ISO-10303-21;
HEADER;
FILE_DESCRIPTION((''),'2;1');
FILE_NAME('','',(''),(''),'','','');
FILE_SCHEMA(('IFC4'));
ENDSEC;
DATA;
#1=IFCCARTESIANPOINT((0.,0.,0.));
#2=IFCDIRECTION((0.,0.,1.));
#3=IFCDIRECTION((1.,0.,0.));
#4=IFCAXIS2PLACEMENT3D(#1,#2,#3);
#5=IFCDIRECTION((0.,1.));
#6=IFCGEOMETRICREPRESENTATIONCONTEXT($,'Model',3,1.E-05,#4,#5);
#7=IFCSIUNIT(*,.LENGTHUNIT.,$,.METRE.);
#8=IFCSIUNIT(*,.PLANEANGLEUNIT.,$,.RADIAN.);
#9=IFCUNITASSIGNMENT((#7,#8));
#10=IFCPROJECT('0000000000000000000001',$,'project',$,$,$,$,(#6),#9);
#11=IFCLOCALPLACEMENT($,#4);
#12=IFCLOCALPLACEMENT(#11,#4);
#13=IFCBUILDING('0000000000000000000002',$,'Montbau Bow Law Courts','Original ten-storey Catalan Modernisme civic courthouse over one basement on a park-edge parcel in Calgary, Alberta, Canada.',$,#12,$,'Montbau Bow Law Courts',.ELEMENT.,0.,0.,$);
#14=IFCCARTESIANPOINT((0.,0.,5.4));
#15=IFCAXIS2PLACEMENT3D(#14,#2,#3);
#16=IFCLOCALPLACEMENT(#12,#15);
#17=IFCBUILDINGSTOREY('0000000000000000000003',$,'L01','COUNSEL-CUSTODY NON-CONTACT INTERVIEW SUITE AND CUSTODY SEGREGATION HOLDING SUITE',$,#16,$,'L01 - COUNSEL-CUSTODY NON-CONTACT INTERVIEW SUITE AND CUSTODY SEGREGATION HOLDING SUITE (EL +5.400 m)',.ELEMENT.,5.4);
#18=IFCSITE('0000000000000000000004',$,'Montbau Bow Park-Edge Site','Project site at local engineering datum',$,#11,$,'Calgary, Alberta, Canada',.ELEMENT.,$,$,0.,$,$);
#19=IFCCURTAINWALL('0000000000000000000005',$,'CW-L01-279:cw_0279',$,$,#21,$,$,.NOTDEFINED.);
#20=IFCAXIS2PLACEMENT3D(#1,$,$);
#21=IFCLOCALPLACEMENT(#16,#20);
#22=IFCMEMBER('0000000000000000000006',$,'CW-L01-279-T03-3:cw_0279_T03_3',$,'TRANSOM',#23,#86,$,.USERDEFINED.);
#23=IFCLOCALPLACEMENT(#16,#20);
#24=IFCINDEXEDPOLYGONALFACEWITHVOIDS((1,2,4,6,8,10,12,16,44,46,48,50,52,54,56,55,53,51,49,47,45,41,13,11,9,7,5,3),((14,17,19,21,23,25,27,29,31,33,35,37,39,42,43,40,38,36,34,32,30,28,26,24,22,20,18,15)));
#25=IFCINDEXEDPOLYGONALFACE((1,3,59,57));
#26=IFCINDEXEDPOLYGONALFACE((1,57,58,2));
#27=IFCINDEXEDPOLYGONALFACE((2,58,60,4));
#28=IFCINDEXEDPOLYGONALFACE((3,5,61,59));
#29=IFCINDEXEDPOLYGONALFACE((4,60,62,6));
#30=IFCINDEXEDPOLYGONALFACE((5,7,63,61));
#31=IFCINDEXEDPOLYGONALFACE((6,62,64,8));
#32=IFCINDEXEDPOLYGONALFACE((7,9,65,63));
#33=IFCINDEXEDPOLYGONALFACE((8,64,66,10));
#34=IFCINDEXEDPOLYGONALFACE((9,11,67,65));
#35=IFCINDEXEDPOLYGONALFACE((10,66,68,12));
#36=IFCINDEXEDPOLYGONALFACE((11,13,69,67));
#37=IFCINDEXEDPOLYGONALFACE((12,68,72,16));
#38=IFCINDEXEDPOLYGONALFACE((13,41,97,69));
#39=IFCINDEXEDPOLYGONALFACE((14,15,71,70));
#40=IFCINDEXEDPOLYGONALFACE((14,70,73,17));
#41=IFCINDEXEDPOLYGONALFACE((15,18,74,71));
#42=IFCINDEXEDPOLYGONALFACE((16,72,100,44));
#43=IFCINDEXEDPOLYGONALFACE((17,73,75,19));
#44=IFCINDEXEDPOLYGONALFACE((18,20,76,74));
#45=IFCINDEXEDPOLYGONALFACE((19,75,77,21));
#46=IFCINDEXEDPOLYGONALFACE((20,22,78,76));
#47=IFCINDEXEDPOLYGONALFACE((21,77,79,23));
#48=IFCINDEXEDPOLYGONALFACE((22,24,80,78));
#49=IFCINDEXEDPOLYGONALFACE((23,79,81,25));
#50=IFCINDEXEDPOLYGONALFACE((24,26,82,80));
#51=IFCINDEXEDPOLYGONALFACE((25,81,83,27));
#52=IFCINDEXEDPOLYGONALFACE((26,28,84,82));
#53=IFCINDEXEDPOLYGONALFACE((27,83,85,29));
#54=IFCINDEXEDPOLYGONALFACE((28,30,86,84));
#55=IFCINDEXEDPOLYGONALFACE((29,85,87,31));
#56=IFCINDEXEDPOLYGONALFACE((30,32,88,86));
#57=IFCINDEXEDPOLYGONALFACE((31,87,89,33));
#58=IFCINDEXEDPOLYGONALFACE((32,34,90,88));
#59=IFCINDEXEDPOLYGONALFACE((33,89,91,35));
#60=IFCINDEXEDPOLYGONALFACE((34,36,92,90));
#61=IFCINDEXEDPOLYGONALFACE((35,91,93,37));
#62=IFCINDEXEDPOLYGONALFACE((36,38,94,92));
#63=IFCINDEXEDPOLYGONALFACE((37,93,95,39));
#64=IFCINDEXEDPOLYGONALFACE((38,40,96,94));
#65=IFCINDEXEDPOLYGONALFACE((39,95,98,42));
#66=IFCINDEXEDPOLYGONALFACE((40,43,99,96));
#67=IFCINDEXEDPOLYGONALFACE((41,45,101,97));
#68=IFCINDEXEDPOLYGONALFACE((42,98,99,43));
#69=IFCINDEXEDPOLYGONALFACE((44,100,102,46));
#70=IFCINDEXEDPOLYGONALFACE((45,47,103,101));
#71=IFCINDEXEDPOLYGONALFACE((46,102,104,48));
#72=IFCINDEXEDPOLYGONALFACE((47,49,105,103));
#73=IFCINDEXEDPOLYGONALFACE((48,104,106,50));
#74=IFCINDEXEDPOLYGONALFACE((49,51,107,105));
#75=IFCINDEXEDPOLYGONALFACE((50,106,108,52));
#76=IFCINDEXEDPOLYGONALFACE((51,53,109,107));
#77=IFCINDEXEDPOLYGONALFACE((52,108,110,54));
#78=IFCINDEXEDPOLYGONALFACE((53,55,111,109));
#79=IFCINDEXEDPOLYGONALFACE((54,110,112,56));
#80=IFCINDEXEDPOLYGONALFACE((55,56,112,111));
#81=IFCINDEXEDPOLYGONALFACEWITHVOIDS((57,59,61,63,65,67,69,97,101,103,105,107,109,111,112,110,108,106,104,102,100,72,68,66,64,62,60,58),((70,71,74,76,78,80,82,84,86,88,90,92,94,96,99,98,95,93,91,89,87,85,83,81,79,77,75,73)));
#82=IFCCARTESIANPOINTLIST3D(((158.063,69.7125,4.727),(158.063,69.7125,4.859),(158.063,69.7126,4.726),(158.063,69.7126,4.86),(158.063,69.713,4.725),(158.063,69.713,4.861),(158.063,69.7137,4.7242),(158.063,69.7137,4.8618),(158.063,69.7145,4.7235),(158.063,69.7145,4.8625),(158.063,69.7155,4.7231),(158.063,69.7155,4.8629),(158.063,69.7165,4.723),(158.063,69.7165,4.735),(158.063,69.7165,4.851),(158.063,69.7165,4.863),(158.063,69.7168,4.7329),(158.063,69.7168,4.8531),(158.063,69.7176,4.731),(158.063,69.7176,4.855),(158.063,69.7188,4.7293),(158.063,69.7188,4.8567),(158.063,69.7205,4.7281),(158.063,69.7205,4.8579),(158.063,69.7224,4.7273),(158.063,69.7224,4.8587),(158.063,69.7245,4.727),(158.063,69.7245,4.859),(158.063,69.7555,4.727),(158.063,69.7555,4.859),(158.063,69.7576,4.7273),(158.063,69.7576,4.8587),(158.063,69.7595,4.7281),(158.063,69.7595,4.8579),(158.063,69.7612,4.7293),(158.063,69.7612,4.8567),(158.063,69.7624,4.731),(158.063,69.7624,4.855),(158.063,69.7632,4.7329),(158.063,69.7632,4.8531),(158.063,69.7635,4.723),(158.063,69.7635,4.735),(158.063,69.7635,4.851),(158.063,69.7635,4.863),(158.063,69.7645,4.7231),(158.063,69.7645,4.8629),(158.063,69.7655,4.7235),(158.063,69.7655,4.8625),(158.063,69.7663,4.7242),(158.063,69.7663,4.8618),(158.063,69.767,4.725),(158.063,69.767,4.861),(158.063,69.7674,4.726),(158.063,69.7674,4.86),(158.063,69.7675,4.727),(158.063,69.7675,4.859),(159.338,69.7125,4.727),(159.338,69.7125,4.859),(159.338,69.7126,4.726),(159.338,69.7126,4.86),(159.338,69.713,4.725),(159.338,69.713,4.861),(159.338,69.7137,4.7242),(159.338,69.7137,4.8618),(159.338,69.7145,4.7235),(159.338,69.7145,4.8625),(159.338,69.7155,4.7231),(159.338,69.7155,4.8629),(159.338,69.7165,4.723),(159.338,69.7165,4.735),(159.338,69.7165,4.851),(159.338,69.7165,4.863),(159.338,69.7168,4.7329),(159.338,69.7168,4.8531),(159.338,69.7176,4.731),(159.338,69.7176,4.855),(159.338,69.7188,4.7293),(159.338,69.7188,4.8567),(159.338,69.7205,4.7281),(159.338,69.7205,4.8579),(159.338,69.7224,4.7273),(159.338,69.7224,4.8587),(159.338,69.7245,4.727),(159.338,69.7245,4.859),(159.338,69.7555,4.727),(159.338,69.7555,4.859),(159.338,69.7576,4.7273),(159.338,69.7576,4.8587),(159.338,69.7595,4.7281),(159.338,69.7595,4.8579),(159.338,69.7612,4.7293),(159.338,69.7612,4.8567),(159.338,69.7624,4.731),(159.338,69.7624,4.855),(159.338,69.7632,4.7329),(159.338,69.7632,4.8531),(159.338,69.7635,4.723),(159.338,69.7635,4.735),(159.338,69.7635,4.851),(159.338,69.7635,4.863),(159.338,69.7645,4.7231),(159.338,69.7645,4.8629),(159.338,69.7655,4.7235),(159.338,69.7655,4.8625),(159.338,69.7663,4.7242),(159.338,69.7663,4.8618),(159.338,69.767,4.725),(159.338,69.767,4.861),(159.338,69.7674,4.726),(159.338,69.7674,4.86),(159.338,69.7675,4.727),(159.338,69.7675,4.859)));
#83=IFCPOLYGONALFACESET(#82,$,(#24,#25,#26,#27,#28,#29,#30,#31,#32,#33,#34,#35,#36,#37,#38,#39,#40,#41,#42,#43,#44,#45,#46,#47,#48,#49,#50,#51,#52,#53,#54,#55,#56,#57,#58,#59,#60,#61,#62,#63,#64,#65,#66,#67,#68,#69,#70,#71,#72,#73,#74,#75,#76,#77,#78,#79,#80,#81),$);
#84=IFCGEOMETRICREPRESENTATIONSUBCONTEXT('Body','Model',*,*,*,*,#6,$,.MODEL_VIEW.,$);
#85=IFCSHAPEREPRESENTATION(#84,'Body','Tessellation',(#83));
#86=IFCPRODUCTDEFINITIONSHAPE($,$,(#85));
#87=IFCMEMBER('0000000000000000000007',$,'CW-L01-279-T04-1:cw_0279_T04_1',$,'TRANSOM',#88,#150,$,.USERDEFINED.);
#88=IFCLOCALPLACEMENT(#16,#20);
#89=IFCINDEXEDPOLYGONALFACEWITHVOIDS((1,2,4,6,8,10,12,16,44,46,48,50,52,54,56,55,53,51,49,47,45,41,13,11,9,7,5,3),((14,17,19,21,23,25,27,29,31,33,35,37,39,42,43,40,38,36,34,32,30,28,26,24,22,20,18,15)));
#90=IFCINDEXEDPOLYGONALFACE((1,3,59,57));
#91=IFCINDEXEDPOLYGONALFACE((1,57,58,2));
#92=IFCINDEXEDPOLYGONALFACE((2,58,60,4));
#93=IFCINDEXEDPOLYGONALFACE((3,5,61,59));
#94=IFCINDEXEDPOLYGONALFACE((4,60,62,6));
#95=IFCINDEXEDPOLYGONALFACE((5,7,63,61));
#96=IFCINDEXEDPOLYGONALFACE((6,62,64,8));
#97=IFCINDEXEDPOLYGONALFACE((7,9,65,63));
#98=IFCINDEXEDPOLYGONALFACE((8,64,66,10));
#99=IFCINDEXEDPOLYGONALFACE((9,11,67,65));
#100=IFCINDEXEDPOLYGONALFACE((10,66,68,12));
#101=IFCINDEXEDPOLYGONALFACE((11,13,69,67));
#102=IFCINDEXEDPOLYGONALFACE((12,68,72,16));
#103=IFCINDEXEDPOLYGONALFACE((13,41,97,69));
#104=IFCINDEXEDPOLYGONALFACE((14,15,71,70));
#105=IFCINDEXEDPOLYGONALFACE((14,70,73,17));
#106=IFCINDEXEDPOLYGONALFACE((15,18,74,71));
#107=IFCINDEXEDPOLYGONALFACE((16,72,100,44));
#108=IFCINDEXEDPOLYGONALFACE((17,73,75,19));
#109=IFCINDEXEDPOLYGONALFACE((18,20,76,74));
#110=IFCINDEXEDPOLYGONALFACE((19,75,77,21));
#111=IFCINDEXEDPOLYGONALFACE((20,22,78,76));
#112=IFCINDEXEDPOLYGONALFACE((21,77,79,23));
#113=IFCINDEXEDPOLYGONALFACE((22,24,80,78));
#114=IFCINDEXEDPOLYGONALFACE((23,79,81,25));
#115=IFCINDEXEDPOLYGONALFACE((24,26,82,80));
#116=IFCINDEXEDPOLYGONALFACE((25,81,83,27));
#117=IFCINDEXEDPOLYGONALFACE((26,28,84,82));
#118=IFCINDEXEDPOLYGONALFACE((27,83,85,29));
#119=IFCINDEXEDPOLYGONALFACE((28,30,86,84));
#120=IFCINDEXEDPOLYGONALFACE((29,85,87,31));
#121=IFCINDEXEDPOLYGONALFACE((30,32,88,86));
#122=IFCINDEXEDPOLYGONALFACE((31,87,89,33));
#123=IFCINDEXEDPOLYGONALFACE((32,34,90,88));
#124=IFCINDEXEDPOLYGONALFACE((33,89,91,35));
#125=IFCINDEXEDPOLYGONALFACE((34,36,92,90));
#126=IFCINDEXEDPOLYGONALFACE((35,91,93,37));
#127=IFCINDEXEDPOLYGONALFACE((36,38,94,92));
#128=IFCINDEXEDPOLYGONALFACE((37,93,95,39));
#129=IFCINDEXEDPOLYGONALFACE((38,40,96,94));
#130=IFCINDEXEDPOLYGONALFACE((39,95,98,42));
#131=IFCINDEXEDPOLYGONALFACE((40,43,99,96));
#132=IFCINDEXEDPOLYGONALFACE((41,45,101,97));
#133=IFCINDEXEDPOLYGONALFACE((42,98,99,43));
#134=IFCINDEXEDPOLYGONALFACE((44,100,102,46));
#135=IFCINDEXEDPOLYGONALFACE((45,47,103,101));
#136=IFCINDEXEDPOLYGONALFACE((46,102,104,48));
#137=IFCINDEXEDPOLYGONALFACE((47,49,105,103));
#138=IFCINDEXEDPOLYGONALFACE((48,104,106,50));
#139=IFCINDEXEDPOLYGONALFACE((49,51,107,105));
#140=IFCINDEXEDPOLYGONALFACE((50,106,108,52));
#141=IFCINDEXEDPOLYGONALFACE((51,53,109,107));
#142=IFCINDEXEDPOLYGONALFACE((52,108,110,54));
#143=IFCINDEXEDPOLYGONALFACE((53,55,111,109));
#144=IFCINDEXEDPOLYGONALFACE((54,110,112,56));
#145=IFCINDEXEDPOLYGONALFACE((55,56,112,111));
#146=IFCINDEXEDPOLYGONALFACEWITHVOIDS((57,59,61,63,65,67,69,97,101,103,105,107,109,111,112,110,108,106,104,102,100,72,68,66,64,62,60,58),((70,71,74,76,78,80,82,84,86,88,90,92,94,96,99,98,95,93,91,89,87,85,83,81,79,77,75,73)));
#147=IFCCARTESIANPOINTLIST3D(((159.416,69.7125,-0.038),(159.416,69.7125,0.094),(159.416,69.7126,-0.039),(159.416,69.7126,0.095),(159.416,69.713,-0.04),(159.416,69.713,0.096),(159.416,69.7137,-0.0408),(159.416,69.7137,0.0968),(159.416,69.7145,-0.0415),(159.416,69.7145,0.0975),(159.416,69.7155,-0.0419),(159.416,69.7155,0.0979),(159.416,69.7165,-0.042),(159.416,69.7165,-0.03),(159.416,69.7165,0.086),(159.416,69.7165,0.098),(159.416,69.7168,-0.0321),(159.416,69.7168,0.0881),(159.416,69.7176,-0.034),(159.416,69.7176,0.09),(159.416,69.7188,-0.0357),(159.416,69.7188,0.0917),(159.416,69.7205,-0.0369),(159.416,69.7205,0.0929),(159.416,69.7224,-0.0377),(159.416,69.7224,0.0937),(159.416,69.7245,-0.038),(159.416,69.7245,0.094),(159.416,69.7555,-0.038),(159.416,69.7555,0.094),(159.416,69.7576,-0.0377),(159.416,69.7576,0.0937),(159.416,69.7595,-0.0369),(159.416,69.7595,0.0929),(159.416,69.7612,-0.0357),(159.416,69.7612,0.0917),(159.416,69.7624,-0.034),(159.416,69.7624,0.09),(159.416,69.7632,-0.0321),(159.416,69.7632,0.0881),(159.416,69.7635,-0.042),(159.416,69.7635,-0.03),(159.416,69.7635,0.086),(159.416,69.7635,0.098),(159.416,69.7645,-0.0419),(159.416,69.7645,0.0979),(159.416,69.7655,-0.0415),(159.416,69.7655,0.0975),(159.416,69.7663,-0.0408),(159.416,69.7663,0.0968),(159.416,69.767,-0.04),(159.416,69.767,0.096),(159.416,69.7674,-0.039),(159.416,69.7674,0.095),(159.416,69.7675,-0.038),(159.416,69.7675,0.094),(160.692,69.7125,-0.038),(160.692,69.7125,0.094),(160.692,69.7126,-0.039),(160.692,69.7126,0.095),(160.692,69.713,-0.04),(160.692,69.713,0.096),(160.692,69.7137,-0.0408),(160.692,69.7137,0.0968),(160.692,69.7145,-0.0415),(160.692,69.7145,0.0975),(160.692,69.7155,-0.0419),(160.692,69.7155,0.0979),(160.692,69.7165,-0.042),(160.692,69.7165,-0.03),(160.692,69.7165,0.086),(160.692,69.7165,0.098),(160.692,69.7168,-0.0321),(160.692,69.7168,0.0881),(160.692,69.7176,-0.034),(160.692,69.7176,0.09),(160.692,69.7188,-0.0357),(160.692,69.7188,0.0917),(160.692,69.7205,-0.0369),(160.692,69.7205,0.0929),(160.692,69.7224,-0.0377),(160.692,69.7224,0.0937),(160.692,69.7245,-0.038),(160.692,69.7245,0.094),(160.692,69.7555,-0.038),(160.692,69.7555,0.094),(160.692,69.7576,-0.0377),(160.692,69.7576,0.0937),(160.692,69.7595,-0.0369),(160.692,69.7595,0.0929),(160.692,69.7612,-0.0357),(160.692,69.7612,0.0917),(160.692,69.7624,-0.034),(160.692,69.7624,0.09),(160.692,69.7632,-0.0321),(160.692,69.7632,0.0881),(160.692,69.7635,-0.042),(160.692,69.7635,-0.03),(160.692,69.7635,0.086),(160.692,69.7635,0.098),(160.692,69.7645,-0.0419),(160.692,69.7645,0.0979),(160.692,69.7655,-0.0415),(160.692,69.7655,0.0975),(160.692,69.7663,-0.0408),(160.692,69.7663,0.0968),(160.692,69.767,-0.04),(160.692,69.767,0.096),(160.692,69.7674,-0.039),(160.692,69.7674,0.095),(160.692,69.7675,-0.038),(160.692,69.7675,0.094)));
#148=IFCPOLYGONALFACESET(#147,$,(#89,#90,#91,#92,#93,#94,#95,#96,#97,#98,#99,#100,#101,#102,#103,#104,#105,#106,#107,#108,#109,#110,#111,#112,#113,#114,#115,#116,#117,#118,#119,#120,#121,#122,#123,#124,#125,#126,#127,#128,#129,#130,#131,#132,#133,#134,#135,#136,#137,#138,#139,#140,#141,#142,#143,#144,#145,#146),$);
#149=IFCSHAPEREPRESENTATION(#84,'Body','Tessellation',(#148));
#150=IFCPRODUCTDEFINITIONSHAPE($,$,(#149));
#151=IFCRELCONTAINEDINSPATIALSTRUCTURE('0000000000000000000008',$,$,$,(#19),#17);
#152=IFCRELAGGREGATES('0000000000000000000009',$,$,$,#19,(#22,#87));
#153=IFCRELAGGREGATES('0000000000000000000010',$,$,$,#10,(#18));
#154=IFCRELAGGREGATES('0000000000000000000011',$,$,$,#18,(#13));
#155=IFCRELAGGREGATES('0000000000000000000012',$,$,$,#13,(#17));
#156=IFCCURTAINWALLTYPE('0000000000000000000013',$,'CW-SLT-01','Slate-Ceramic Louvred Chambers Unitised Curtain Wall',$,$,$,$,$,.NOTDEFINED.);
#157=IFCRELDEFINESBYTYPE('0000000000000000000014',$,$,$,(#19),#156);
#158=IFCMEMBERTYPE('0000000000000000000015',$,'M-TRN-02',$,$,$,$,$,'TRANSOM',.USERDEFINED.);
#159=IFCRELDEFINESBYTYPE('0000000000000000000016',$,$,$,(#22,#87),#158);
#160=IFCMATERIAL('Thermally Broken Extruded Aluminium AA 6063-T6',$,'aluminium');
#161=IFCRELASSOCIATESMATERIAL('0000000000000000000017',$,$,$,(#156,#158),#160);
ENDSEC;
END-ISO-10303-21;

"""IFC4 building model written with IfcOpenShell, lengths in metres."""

from ifc_helpers import new_model, si_unit, direction, frame, origin_with_axes, origin_2d_with_axis, place, context, subcontext, project, spatial, hollow_rectangle, extrude, material, material_profile, profile_set, type_object, element, aggregate, save


model = new_model("IFC4")

# Units and contexts
model_context = context("Model", 3, precision=1e-05, world=origin_with_axes(), true_north=direction((0.0, 1.0)))
body_context = subcontext(model_context, "Body", "Model", "MODEL_VIEW")
ifc_project = project(units=[si_unit("LENGTHUNIT", "METRE"), si_unit("PLANEANGLEUNIT", "RADIAN")], contexts=[model_context])

# Site, building, storey
site_placement = place(None, origin_with_axes())
site = spatial("IfcSite", under=ifc_project, at=site_placement, Name="Montbau Bow Park-Edge Site", Description="Project site at local engineering datum", LongName="Calgary, Alberta, Canada", CompositionType="ELEMENT", RefElevation=0.0)
building_placement = place(site_placement, origin_with_axes())
building = spatial("IfcBuilding", under=site, at=building_placement, Name="Montbau Bow Law Courts", Description="Original ten-storey Catalan Modernisme civic courthouse over one basement on a park-edge parcel in Calgary, Alberta, Canada.", LongName="Montbau Bow Law Courts", CompositionType="ELEMENT", ElevationOfRefHeight=0.0, ElevationOfTerrain=0.0)
storey_placement = place(building_placement, frame((0.0, 0.0, 5.4), z_axis=(0.0, 0.0, 1.0), x_axis=(1.0, 0.0, 0.0)))
storey = spatial("IfcBuildingStorey", under=building, at=storey_placement, Name="L01", Description="COUNSEL-CUSTODY NON-CONTACT INTERVIEW SUITE AND CUSTODY SEGREGATION HOLDING SUITE", LongName="L01 - COUNSEL-CUSTODY NON-CONTACT INTERVIEW SUITE AND CUSTODY SEGREGATION HOLDING SUITE (EL +5.400 m)", CompositionType="ELEMENT", Elevation=5.4)

# Curtain wall
ifc_material_1 = material(Name="Thermally Broken Extruded Aluminium AA 6063-T6", Category="aluminium")
curtain_wall_type = type_object("IfcCurtainWallType", Name="CW-SLT-01", Description="Slate-Ceramic Louvred Chambers Unitised Curtain Wall", PredefinedType="NOTDEFINED", material=ifc_material_1)
curtain_wall_1_placement = place(None, frame((155.315, 69.74, 5.4), z_axis=(0.0, 0.0, 1.0), x_axis=(1.0, 0.0, 0.0)))
curtain_wall_1 = element("IfcCurtainWall", 1, at=curtain_wall_1_placement, inside=storey, type_object=curtain_wall_type, Name="CW-L01-279:cw_0279", PredefinedType="NOTDEFINED")

# Members
ifc_material_profile_1 = material_profile(ifc_material_1, hollow_rectangle(XDim=0.055, YDim=0.14, WallThickness=0.004, InnerFilletRadius=0.008, OuterFilletRadius=0.004, at=origin_2d_with_axis()), Name="CWT-140X55", Category="Main", Priority=0)
ifc_profile_set_1 = profile_set([ifc_material_profile_1], Name="Thermally Broken Extruded Aluminium AA 6063-T6")
member_type_1 = type_object("IfcMemberType", Name="M-TRN-02", ElementType="TRANSOM", PredefinedType="USERDEFINED", material=ifc_profile_set_1)
member_1_placement = place(None, frame((158.063, 69.74, 10.193), z_axis=(1.0, 0.0, 0.0), x_axis=(0.0, 1.0, 0.0)))
member_1 = element("IfcMember", 2, at=member_1_placement, type_object=member_type_1, Name="CW-L01-279-T03-3:cw_0279_T03_3", ObjectType="TRANSOM", PredefinedType="USERDEFINED", context=body_context, shape_type="SweptSolid", body=[
    extrude(hollow_rectangle(XDim=0.055, YDim=0.14, WallThickness=0.004, InnerFilletRadius=0.008, OuterFilletRadius=0.004, at=origin_2d_with_axis()), origin_with_axes(), (0.0, 0.0, 1.0), 1.275),
])
member_2_placement = place(None, frame((159.416, 69.74, 5.428), z_axis=(1.0, 0.0, 0.0), x_axis=(0.0, 1.0, 0.0)))
member_2 = element("IfcMember", 3, at=member_2_placement, type_object=member_type_1, Name="CW-L01-279-T04-1:cw_0279_T04_1", ObjectType="TRANSOM", PredefinedType="USERDEFINED", context=body_context, shape_type="SweptSolid", body=[
    extrude(hollow_rectangle(XDim=0.055, YDim=0.14, WallThickness=0.004, InnerFilletRadius=0.008, OuterFilletRadius=0.004, at=origin_2d_with_axis()), origin_with_axes(), (0.0, 0.0, 1.0), 1.276),
])

aggregate(curtain_wall_1, [member_1, member_2])

save(model, "model.ifc")
